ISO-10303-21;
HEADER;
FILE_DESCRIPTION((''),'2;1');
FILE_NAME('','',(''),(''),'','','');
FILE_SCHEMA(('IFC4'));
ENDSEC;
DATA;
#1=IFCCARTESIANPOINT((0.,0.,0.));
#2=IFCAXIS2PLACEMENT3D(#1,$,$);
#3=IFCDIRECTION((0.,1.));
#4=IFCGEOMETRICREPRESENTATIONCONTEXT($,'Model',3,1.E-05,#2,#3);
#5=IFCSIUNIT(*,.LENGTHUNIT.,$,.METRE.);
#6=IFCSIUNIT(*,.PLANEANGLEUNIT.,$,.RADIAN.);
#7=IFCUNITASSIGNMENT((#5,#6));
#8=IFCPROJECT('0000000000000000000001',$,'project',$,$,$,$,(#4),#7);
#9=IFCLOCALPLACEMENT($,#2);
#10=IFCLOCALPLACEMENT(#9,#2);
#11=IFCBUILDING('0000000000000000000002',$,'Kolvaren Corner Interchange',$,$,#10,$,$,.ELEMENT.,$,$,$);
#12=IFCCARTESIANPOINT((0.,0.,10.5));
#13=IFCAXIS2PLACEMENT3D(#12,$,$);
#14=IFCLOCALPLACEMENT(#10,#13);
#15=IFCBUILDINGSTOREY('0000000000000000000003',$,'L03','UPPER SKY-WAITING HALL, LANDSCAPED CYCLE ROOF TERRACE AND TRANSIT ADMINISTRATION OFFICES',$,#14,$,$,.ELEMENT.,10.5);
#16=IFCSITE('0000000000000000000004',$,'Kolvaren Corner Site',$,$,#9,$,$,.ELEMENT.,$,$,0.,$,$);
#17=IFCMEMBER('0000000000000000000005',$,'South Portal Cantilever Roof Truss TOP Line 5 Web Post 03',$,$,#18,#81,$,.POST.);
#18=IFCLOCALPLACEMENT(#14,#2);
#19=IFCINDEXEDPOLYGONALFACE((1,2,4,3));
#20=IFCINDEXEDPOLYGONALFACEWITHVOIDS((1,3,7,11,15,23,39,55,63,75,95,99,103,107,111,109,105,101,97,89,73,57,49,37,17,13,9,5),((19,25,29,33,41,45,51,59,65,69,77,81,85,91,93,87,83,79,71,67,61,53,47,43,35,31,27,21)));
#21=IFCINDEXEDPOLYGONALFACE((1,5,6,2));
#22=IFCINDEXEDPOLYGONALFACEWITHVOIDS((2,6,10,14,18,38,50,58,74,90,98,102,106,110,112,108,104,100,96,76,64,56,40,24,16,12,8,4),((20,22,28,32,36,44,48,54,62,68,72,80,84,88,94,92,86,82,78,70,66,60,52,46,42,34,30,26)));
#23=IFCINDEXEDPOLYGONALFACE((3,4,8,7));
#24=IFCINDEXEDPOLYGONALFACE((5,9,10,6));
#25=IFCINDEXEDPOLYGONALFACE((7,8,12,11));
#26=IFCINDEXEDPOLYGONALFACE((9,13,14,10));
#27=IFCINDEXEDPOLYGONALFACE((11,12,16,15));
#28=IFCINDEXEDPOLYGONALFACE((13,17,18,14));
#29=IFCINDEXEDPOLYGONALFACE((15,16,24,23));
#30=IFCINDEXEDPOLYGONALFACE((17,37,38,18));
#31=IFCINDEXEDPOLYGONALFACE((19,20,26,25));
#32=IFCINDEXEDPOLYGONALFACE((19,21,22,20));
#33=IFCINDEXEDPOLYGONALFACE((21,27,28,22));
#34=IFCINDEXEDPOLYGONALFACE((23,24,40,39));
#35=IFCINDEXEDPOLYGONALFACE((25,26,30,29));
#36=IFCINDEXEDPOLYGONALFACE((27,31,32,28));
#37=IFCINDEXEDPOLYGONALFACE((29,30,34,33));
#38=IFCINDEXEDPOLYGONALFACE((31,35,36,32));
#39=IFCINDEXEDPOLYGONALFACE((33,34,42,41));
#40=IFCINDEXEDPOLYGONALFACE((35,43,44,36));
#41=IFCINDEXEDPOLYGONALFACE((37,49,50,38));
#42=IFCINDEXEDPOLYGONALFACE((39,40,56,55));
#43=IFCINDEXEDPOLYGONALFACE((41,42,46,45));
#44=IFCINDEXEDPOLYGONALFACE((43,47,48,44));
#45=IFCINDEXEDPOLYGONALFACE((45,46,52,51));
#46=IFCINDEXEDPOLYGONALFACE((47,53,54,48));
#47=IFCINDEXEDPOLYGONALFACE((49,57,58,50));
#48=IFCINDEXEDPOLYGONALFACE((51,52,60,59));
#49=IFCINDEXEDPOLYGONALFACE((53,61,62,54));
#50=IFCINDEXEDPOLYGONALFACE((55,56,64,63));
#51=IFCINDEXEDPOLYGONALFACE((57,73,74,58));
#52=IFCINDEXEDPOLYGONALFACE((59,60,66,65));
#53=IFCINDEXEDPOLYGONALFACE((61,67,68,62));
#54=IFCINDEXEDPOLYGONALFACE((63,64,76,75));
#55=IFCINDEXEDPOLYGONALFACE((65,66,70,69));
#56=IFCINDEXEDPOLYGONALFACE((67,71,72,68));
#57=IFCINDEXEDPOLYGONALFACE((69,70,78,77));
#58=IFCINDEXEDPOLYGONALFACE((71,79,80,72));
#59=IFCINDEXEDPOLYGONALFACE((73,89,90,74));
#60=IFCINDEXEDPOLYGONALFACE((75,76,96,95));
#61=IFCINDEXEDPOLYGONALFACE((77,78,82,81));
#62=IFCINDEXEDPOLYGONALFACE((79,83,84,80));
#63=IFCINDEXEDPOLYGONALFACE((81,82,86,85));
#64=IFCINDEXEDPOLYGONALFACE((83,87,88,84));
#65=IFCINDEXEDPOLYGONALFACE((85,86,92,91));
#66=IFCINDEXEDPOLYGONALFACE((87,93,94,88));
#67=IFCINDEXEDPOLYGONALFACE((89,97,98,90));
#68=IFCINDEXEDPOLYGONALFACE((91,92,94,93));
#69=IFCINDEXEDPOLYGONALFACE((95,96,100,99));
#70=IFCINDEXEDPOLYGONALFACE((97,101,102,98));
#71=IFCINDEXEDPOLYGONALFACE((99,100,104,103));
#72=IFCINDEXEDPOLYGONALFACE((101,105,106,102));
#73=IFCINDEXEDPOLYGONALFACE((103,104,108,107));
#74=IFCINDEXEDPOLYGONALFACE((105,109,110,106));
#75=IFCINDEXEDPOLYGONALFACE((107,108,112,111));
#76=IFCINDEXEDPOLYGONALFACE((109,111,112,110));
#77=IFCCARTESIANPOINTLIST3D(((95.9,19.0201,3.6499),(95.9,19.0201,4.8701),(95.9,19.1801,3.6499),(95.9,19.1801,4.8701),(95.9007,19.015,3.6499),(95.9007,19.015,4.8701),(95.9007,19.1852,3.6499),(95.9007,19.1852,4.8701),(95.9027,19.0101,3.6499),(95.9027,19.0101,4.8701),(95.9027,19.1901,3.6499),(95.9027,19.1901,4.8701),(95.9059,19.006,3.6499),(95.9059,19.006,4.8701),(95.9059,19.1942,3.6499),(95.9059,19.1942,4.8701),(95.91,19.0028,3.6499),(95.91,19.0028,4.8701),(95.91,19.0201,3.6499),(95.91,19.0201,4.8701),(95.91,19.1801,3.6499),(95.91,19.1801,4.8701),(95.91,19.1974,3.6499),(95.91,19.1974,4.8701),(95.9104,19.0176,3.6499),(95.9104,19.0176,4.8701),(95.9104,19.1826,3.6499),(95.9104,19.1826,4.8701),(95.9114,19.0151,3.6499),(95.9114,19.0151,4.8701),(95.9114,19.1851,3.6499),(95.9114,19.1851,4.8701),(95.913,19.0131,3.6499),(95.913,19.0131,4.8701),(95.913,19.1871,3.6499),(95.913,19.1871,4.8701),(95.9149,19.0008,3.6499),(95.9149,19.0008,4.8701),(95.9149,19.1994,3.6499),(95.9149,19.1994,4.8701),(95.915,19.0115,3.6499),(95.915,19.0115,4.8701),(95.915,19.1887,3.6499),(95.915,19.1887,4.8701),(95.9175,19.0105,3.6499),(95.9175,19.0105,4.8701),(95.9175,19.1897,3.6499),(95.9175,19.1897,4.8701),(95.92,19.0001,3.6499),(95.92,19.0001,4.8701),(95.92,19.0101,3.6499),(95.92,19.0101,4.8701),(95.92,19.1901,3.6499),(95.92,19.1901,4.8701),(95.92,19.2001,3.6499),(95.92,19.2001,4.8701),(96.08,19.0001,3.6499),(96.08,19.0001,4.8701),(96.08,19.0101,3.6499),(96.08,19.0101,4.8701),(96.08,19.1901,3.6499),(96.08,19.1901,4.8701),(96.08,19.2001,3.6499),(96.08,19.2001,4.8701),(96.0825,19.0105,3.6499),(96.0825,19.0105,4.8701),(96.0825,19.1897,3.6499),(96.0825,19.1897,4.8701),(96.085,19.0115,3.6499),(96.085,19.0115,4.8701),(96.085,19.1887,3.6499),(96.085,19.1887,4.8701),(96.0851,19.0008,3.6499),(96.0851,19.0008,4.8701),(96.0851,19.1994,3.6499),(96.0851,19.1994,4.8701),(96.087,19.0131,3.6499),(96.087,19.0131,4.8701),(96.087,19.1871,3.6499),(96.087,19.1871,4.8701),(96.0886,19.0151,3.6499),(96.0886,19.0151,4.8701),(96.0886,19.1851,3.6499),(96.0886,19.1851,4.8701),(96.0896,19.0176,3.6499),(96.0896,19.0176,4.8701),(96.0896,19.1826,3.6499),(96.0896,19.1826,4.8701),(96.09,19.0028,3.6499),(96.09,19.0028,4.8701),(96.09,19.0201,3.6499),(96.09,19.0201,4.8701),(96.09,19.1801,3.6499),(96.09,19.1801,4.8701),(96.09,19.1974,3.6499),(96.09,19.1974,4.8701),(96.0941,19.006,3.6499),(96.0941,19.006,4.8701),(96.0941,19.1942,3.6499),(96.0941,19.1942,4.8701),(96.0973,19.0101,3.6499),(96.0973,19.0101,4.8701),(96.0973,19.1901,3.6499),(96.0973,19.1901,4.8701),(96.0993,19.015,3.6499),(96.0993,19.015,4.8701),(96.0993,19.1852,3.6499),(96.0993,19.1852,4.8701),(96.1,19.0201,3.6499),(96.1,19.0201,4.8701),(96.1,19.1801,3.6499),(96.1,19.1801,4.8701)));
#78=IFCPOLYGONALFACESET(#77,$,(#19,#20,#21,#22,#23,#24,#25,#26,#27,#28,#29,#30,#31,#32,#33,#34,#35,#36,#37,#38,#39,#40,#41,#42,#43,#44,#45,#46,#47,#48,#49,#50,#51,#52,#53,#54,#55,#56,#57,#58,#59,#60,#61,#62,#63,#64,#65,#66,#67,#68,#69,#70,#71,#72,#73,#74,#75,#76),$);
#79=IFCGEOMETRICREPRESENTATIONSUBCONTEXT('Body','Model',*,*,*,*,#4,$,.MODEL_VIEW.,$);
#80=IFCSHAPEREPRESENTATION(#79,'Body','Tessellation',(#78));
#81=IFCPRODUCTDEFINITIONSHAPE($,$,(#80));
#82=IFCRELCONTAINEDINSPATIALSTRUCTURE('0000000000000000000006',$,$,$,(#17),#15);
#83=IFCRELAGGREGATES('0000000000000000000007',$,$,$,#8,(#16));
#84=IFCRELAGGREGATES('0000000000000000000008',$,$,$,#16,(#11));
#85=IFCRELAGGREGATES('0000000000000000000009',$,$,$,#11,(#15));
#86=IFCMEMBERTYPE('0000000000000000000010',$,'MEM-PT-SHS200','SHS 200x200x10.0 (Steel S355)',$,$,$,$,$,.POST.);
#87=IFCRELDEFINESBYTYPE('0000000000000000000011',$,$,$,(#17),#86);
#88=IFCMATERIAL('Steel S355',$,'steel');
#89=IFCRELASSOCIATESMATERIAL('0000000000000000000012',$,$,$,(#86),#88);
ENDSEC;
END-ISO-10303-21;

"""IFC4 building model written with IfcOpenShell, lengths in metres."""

from ifc_helpers import new_model, si_unit, direction, frame, origin, origin_2d, place, context, subcontext, project, spatial, hollow_rectangle, extrude, material, material_profile, profile_set, type_object, element, save


model = new_model("IFC4")

# Units and contexts
model_context = context("Model", 3, precision=1e-05, world=origin(), true_north=direction((0.0, 1.0)))
body_context = subcontext(model_context, "Body", "Model", "MODEL_VIEW")
ifc_project = project(units=[si_unit("LENGTHUNIT", "METRE"), si_unit("PLANEANGLEUNIT", "RADIAN")], contexts=[model_context])

# Site, building, storey
site_placement = place(None, origin())
site = spatial("IfcSite", under=ifc_project, at=site_placement, Name="Kolvaren Corner Site", CompositionType="ELEMENT", RefElevation=0.0)
building_placement = place(site_placement, origin())
building = spatial("IfcBuilding", under=site, at=building_placement, Name="Kolvaren Corner Interchange", CompositionType="ELEMENT")
storey_placement = place(building_placement, frame((0.0, 0.0, 10.5)))
storey = spatial("IfcBuildingStorey", under=building, at=storey_placement, Name="L03", Description="UPPER SKY-WAITING HALL, LANDSCAPED CYCLE ROOF TERRACE AND TRANSIT ADMINISTRATION OFFICES", CompositionType="ELEMENT", Elevation=10.5)

# Member
ifc_material_1 = material(Name="Steel S355", Category="steel")
ifc_material_profile_1 = material_profile(ifc_material_1, hollow_rectangle(XDim=0.2, YDim=0.2, WallThickness=0.01, InnerFilletRadius=0.01, OuterFilletRadius=0.02, at=origin_2d()), Name="SHS 200x200x10.0")
ifc_profile_set_1 = profile_set([ifc_material_profile_1], Name="Steel S355")
member_type_1 = type_object("IfcMemberType", Name="MEM-PT-SHS200", Description="SHS 200x200x10.0 (Steel S355)", PredefinedType="POST", material=ifc_profile_set_1)
for number, where, z_axis, x_axis, name in (
    (1, (96.0, 19.1001, 3.6499), (0.0, 0.0, 1.0), (1.0, 0.0, 0.0), "South Portal Cantilever Roof Truss TOP Line 5 Web Post 03"),
):
    element("IfcMember", number, at=place(storey_placement, frame(where, z_axis=z_axis, x_axis=x_axis)), inside=storey, type_object=member_type_1, Name=name, PredefinedType="POST", context=body_context, shape_type="SweptSolid", body=[
        extrude(hollow_rectangle(XDim=0.2, YDim=0.2, WallThickness=0.01, InnerFilletRadius=0.01, OuterFilletRadius=0.02, at=origin_2d()), origin(), (0.0, 0.0, 1.0), 1.2202),
    ])

save(model, "model.ifc")
